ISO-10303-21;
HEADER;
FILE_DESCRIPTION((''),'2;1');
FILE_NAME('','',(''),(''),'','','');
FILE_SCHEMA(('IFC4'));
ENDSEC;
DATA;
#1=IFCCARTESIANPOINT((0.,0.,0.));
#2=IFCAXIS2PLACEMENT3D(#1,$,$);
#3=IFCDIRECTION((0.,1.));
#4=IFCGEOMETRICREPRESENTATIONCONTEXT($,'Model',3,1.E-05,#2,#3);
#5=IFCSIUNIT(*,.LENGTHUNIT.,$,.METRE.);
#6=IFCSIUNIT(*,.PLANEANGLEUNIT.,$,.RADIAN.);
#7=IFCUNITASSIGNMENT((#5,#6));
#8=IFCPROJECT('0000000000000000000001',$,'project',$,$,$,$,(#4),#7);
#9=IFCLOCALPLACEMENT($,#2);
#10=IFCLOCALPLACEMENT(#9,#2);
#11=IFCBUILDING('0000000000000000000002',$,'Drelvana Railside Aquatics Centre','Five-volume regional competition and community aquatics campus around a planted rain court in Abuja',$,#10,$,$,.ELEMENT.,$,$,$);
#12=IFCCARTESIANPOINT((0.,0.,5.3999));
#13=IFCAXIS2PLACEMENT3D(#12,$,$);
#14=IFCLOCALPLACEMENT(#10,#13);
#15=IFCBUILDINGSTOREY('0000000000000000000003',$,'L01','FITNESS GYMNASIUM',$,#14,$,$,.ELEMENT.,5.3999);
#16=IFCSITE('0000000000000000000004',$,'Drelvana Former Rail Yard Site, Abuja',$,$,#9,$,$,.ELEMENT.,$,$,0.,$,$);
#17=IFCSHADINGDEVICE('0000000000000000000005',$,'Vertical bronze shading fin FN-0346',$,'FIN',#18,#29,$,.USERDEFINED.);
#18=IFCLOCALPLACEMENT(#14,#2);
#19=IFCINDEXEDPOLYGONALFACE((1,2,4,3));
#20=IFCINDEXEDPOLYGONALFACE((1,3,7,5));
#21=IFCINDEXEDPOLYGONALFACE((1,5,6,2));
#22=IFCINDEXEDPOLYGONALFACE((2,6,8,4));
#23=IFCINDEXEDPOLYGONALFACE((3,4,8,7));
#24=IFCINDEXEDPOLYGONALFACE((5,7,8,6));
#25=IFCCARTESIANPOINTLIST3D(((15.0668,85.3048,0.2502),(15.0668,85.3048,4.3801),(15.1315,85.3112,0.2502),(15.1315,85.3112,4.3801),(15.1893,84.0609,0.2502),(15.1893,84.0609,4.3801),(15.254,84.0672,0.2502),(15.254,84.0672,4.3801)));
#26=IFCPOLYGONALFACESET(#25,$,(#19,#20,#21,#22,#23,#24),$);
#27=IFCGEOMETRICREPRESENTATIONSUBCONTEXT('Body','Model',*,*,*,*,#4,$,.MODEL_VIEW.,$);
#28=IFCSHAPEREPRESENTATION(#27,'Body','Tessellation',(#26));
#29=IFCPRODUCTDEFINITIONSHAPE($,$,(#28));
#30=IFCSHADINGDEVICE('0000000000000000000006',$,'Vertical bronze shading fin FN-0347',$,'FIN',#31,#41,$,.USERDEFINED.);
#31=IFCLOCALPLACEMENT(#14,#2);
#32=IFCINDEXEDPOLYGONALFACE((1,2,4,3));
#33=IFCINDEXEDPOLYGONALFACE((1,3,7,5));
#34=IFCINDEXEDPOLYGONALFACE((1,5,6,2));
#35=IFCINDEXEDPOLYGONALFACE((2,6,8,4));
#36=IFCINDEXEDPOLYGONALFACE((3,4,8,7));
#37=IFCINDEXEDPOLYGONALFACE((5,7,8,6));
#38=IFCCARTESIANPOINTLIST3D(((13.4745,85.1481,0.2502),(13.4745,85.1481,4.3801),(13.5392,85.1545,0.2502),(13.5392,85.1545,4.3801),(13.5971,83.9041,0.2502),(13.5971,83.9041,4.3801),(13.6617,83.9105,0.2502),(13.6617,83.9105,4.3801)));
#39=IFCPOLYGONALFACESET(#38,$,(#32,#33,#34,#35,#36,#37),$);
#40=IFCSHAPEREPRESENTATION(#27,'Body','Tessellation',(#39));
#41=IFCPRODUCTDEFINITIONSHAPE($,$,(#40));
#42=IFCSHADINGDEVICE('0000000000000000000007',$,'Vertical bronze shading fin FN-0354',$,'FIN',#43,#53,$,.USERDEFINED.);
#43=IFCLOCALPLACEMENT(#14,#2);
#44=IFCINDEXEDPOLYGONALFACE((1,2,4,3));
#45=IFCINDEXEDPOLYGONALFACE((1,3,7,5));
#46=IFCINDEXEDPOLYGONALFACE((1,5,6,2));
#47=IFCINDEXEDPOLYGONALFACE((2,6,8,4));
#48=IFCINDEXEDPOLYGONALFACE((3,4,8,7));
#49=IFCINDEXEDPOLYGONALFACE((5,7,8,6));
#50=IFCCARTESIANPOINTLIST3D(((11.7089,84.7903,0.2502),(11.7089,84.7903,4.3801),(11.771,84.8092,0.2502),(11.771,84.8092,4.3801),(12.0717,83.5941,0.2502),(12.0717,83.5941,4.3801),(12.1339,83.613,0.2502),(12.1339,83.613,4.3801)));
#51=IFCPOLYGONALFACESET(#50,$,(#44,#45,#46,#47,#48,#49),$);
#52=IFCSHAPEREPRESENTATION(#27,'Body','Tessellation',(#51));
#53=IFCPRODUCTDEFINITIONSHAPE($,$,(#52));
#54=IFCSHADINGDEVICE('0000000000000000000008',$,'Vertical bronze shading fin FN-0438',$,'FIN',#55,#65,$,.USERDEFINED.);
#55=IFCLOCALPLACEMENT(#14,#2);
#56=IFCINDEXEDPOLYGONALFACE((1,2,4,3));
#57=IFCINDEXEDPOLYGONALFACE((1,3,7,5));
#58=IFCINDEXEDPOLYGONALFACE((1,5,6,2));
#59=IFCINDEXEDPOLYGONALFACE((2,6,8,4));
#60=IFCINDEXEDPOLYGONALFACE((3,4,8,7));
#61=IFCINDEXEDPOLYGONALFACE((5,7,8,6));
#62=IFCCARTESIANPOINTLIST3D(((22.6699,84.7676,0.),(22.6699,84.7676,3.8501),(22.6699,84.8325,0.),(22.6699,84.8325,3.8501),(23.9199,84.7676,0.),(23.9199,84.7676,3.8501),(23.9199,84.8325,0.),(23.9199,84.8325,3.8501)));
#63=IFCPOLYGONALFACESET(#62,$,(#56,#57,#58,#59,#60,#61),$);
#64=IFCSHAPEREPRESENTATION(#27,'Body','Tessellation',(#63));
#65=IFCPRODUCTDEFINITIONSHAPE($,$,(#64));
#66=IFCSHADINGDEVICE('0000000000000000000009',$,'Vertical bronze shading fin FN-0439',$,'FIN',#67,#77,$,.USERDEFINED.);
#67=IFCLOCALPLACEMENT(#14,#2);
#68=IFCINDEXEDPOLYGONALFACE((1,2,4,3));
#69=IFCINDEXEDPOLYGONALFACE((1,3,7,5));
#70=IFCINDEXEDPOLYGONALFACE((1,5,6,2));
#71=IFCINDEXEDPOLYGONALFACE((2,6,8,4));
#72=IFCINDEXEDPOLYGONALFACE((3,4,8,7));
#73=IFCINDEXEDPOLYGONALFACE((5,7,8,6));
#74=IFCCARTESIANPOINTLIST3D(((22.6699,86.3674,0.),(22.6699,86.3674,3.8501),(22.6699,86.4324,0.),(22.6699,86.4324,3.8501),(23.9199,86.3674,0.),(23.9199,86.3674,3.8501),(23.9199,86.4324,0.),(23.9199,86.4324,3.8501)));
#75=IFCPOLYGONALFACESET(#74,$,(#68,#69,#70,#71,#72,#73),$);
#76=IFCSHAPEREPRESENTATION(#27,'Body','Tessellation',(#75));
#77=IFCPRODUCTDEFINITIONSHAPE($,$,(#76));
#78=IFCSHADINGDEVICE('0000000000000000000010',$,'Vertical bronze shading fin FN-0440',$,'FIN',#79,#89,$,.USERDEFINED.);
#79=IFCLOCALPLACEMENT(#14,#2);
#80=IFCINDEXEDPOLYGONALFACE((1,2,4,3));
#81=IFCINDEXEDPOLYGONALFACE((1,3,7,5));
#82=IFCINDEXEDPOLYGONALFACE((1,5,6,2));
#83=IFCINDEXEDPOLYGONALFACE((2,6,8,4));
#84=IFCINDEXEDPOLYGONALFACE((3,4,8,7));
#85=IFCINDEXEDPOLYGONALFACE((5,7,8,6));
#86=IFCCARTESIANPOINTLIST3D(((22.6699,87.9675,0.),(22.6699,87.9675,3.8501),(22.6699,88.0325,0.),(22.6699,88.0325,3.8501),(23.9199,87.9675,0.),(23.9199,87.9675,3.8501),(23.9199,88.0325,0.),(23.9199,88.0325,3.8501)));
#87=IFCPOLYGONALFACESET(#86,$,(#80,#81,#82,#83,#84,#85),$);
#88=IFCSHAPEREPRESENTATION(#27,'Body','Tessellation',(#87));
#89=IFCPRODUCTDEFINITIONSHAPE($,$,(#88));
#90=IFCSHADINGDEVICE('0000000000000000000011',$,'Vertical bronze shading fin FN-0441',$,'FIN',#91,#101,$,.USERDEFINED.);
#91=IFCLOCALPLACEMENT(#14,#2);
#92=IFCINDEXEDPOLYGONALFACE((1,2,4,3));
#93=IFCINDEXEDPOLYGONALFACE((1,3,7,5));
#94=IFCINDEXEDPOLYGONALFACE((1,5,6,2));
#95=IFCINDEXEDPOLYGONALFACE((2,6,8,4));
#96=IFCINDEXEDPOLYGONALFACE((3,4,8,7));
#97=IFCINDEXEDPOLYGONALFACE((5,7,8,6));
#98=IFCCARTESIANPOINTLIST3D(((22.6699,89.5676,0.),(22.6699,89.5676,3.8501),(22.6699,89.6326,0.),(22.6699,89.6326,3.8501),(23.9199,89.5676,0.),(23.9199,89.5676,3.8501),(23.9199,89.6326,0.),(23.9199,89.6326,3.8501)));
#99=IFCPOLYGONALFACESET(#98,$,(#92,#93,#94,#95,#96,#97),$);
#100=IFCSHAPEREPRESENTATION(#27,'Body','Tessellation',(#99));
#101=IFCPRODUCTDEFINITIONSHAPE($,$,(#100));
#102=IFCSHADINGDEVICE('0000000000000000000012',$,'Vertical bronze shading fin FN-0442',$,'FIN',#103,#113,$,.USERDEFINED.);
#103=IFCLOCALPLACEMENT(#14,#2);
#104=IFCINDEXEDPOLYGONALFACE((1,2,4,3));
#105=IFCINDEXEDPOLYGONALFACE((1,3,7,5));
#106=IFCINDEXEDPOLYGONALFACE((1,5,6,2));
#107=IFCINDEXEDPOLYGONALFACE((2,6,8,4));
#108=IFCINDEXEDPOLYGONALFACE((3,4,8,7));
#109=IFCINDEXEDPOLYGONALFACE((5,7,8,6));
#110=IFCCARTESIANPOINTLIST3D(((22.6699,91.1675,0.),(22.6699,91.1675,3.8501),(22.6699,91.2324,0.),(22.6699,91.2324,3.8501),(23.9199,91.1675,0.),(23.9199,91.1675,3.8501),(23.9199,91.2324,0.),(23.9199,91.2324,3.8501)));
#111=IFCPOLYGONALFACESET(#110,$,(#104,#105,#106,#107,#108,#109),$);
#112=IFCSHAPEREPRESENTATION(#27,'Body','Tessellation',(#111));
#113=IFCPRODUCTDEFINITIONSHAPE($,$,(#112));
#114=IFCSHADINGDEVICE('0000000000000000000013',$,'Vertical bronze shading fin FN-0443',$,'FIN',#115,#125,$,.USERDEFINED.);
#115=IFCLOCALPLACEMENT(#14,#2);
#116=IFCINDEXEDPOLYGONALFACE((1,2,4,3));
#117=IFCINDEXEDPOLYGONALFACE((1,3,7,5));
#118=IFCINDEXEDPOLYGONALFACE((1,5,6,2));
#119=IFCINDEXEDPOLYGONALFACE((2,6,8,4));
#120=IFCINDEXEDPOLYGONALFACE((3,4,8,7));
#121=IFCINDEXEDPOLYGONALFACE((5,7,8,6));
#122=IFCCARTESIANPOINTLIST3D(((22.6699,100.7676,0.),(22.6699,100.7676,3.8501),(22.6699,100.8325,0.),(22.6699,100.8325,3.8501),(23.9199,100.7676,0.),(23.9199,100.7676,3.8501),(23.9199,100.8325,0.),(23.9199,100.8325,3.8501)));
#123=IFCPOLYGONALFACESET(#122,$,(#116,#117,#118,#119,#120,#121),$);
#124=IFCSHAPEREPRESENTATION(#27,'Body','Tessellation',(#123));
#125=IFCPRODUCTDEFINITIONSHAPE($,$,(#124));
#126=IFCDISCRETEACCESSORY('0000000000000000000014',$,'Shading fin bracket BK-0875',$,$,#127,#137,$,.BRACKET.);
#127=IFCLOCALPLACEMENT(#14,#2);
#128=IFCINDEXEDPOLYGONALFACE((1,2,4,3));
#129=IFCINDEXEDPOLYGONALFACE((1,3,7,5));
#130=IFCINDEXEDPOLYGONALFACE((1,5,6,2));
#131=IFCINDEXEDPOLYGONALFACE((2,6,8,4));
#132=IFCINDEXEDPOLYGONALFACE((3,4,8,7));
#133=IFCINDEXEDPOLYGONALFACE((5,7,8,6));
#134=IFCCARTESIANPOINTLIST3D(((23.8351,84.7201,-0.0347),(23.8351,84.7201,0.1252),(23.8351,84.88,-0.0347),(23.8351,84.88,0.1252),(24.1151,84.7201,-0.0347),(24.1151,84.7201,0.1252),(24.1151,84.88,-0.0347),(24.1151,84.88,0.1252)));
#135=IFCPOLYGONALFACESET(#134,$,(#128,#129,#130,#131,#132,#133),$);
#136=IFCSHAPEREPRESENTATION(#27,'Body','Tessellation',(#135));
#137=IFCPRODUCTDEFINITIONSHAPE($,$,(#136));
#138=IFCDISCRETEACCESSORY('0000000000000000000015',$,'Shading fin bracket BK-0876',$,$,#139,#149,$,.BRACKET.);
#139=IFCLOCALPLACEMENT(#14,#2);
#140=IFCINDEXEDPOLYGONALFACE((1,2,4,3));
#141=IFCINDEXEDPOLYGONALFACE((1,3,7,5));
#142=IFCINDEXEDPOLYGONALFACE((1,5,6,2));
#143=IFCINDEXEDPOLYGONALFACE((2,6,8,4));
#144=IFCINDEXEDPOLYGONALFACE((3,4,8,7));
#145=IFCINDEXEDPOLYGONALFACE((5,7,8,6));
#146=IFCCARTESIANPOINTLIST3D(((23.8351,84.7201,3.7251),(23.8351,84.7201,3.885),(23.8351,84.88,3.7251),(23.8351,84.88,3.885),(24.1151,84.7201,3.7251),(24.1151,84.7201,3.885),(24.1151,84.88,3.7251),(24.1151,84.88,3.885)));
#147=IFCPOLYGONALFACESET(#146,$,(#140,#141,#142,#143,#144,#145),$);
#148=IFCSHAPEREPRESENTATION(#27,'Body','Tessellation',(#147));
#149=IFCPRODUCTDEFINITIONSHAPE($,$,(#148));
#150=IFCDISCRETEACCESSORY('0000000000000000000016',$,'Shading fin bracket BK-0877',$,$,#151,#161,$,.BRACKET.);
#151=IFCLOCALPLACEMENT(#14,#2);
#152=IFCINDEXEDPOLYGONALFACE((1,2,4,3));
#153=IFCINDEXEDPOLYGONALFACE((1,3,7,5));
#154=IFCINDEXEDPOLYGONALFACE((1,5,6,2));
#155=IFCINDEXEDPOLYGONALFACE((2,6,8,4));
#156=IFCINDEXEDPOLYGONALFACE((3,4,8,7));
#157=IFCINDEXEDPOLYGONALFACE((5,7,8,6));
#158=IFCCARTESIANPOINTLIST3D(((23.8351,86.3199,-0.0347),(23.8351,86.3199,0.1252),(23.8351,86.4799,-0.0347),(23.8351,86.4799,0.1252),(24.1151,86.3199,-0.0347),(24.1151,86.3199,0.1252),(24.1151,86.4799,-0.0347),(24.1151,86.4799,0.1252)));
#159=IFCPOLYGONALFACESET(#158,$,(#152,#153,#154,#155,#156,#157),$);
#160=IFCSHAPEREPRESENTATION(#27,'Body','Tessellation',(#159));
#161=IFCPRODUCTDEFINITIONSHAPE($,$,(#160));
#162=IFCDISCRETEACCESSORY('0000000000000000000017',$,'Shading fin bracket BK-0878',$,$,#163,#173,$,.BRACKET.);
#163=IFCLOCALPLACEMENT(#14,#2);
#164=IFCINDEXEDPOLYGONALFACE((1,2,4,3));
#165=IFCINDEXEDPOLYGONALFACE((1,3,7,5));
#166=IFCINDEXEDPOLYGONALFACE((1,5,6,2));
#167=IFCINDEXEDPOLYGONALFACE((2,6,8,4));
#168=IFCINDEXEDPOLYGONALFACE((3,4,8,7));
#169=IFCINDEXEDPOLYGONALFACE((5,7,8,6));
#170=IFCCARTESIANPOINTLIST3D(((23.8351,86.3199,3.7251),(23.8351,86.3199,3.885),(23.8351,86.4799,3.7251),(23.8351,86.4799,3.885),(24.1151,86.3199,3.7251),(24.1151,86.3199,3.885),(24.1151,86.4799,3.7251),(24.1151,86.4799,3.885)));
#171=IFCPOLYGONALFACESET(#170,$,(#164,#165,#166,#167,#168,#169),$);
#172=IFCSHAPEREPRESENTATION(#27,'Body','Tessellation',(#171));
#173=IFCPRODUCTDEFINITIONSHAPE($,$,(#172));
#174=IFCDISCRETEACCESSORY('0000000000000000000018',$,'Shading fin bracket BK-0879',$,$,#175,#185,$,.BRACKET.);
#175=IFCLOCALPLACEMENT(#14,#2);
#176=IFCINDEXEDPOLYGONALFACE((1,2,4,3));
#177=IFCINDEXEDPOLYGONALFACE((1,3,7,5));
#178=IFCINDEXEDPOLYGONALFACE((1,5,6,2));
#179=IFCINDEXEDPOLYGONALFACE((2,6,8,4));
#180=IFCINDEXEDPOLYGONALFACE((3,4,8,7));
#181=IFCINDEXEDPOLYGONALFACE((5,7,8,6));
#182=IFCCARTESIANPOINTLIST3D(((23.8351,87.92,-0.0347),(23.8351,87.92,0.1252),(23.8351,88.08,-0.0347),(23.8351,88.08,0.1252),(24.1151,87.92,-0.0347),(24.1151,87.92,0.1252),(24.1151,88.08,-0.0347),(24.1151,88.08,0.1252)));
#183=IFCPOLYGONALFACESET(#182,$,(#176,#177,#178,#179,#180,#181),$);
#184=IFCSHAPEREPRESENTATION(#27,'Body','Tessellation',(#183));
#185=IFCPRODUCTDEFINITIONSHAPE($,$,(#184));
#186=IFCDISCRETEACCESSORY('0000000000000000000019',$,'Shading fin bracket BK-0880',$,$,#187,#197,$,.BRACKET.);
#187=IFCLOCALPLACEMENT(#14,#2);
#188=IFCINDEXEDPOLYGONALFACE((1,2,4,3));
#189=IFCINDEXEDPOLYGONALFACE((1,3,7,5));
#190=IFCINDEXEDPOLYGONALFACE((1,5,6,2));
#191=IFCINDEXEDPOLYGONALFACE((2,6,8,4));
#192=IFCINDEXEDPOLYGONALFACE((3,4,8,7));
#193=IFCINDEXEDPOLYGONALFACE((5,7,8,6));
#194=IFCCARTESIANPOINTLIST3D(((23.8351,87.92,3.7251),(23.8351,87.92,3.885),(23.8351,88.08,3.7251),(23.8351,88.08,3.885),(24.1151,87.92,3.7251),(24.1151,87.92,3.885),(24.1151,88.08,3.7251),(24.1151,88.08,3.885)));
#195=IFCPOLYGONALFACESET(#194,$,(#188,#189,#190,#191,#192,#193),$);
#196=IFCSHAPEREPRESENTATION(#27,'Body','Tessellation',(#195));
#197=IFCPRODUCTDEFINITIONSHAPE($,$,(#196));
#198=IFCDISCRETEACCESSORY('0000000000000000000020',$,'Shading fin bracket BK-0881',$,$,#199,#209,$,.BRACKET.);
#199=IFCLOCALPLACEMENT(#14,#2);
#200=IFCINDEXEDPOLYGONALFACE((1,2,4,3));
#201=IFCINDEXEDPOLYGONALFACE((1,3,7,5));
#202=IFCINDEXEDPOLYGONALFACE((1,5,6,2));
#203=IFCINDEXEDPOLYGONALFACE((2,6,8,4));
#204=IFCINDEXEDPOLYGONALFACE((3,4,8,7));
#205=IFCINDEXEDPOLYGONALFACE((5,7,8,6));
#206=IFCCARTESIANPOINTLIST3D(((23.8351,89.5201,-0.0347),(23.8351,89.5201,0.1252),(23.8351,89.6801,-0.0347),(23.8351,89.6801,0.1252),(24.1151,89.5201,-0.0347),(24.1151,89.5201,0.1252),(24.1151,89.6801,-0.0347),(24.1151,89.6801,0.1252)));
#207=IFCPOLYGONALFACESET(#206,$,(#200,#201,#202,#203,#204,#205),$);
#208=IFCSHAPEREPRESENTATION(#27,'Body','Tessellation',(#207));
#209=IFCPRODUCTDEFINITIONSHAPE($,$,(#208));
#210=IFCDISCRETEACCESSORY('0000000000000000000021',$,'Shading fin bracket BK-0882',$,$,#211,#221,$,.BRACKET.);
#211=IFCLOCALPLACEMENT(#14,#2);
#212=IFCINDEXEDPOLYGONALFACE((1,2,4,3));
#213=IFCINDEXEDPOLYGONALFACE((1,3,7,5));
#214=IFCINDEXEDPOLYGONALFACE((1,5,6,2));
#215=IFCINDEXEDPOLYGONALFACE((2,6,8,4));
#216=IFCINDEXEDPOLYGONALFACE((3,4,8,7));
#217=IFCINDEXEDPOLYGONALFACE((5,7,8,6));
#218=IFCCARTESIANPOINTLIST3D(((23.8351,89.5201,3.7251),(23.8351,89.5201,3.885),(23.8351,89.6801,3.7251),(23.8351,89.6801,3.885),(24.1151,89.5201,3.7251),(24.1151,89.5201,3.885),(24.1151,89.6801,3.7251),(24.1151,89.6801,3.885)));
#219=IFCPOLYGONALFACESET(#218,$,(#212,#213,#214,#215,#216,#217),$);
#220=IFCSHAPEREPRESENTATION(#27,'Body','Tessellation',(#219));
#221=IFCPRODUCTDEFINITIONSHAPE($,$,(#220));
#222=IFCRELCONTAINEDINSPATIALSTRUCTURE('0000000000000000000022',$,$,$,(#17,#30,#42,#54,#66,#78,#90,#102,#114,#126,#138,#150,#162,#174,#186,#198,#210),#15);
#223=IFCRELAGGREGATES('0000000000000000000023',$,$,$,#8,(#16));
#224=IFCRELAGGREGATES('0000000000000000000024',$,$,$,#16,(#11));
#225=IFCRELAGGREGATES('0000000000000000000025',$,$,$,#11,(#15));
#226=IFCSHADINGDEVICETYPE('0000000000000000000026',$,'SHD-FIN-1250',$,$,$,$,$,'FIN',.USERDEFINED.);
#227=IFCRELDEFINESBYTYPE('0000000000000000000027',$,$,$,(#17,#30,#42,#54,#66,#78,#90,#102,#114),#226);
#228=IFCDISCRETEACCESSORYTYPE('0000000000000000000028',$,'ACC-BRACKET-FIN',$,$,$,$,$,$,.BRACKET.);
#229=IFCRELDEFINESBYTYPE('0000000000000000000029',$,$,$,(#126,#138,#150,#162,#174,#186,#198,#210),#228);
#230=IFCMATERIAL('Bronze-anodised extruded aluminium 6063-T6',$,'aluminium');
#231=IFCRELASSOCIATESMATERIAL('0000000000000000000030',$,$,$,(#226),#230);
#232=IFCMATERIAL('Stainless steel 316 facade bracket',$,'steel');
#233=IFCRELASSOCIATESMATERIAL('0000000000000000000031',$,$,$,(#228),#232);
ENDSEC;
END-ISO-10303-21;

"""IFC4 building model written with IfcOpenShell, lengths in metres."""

from ifc_helpers import new_model, si_unit, direction, frame, origin, origin_2d, place, context, subcontext, project, spatial, rectangle, extrude, material, type_object, element, save


model = new_model("IFC4")

# Units and contexts
model_context = context("Model", 3, precision=1e-05, world=origin(), true_north=direction((0.0, 1.0)))
body_context = subcontext(model_context, "Body", "Model", "MODEL_VIEW")
ifc_project = project(units=[si_unit("LENGTHUNIT", "METRE"), si_unit("PLANEANGLEUNIT", "RADIAN")], contexts=[model_context])

# Site, building, storey
site_placement = place(None, origin())
site = spatial("IfcSite", under=ifc_project, at=site_placement, Name="Drelvana Former Rail Yard Site, Abuja", CompositionType="ELEMENT", RefElevation=0.0)
building_placement = place(site_placement, origin())
building = spatial("IfcBuilding", under=site, at=building_placement, Name="Drelvana Railside Aquatics Centre", Description="Five-volume regional competition and community aquatics campus around a planted rain court in Abuja", CompositionType="ELEMENT")
storey_placement = place(building_placement, frame((0.0, 0.0, 5.3999)))
storey = spatial("IfcBuildingStorey", under=building, at=storey_placement, Name="L01", Description="FITNESS GYMNASIUM", CompositionType="ELEMENT", Elevation=5.3999)

# Shared definitions
ifc_material_1 = material(Name="Bronze-anodised extruded aluminium 6063-T6", Category="aluminium")

# Shading devices
shading_device_type = type_object("IfcShadingDeviceType", Name="SHD-FIN-1250", ElementType="FIN", PredefinedType="USERDEFINED", material=ifc_material_1)
for number, where, z_axis, x_axis, name in (
    (1, (15.1604, 84.686, 0.2502), (0.0, 0.0, 1.0), (-0.098017, 0.995185, 0.0), "Vertical bronze shading fin FN-0346"),
    (2, (13.5681, 84.5293, 0.2502), (0.0, 0.0, 1.0), (-0.098017, 0.995185, 0.0), "Vertical bronze shading fin FN-0347"),
    (3, (11.9214, 84.2017, 0.2502), (0.0, 0.0, 1.0), (-0.290285, 0.95694, 0.0), "Vertical bronze shading fin FN-0354"),
):
    element("IfcShadingDevice", number, at=place(storey_placement, frame(where, z_axis=z_axis, x_axis=x_axis)), inside=storey, type_object=shading_device_type, Name=name, ObjectType="FIN", PredefinedType="USERDEFINED", context=body_context, shape_type="SweptSolid", body=[
        extrude(rectangle(XDim=1.25, YDim=0.0649, at=origin_2d()), origin(), (0.0, 0.0, 1.0), 4.1299),
    ])
for number, where, z_axis, x_axis, name in (
    (4, (23.2949, 84.8, 0.0), (0.0, 0.0, 1.0), (-1.0, 0.0, 0.0), "Vertical bronze shading fin FN-0438"),
    (5, (23.2949, 86.3999, 0.0), (0.0, 0.0, 1.0), (-1.0, 0.0, 0.0), "Vertical bronze shading fin FN-0439"),
    (6, (23.2949, 88.0, 0.0), (0.0, 0.0, 1.0), (-1.0, 0.0, 0.0), "Vertical bronze shading fin FN-0440"),
    (7, (23.2949, 89.6001, 0.0), (0.0, 0.0, 1.0), (-1.0, 0.0, 0.0), "Vertical bronze shading fin FN-0441"),
    (8, (23.2949, 91.2, 0.0), (0.0, 0.0, 1.0), (-1.0, 0.0, 0.0), "Vertical bronze shading fin FN-0442"),
    (9, (23.2949, 100.8, 0.0), (0.0, 0.0, 1.0), (-1.0, 0.0, 0.0), "Vertical bronze shading fin FN-0443"),
):
    element("IfcShadingDevice", number, at=place(storey_placement, frame(where, z_axis=z_axis, x_axis=x_axis)), inside=storey, type_object=shading_device_type, Name=name, ObjectType="FIN", PredefinedType="USERDEFINED", context=body_context, shape_type="SweptSolid", body=[
        extrude(rectangle(XDim=1.25, YDim=0.0649, at=origin_2d()), origin(), (0.0, 0.0, 1.0), 3.8501),
    ])

# Discrete accessories
ifc_material_2 = material(Name="Stainless steel 316 facade bracket", Category="steel")
discrete_accessory_type = type_object("IfcDiscreteAccessoryType", Name="ACC-BRACKET-FIN", PredefinedType="BRACKET", material=ifc_material_2)
for number, where, z_axis, x_axis, name in (
    (10, (23.9751, 84.8, -0.0347), (0.0, 0.0, 1.0), (-1.0, 0.0, 0.0), "Shading fin bracket BK-0875"),
    (11, (23.9751, 84.8, 3.7251), (0.0, 0.0, 1.0), (-1.0, 0.0, 0.0), "Shading fin bracket BK-0876"),
    (12, (23.9751, 86.3999, -0.0347), (0.0, 0.0, 1.0), (-1.0, 0.0, 0.0), "Shading fin bracket BK-0877"),
    (13, (23.9751, 86.3999, 3.7251), (0.0, 0.0, 1.0), (-1.0, 0.0, 0.0), "Shading fin bracket BK-0878"),
    (14, (23.9751, 88.0, -0.0347), (0.0, 0.0, 1.0), (-1.0, 0.0, 0.0), "Shading fin bracket BK-0879"),
    (15, (23.9751, 88.0, 3.7251), (0.0, 0.0, 1.0), (-1.0, 0.0, 0.0), "Shading fin bracket BK-0880"),
    (16, (23.9751, 89.6001, -0.0347), (0.0, 0.0, 1.0), (-1.0, 0.0, 0.0), "Shading fin bracket BK-0881"),
    (17, (23.9751, 89.6001, 3.7251), (0.0, 0.0, 1.0), (-1.0, 0.0, 0.0), "Shading fin bracket BK-0882"),
):
    element("IfcDiscreteAccessory", number, at=place(storey_placement, frame(where, z_axis=z_axis, x_axis=x_axis)), inside=storey, type_object=discrete_accessory_type, Name=name, PredefinedType="BRACKET", context=body_context, shape_type="SweptSolid", body=[
        extrude(rectangle(XDim=0.28, YDim=0.1599, at=origin_2d()), origin(), (0.0, 0.0, 1.0), 0.1599),
    ])

save(model, "model.ifc")
